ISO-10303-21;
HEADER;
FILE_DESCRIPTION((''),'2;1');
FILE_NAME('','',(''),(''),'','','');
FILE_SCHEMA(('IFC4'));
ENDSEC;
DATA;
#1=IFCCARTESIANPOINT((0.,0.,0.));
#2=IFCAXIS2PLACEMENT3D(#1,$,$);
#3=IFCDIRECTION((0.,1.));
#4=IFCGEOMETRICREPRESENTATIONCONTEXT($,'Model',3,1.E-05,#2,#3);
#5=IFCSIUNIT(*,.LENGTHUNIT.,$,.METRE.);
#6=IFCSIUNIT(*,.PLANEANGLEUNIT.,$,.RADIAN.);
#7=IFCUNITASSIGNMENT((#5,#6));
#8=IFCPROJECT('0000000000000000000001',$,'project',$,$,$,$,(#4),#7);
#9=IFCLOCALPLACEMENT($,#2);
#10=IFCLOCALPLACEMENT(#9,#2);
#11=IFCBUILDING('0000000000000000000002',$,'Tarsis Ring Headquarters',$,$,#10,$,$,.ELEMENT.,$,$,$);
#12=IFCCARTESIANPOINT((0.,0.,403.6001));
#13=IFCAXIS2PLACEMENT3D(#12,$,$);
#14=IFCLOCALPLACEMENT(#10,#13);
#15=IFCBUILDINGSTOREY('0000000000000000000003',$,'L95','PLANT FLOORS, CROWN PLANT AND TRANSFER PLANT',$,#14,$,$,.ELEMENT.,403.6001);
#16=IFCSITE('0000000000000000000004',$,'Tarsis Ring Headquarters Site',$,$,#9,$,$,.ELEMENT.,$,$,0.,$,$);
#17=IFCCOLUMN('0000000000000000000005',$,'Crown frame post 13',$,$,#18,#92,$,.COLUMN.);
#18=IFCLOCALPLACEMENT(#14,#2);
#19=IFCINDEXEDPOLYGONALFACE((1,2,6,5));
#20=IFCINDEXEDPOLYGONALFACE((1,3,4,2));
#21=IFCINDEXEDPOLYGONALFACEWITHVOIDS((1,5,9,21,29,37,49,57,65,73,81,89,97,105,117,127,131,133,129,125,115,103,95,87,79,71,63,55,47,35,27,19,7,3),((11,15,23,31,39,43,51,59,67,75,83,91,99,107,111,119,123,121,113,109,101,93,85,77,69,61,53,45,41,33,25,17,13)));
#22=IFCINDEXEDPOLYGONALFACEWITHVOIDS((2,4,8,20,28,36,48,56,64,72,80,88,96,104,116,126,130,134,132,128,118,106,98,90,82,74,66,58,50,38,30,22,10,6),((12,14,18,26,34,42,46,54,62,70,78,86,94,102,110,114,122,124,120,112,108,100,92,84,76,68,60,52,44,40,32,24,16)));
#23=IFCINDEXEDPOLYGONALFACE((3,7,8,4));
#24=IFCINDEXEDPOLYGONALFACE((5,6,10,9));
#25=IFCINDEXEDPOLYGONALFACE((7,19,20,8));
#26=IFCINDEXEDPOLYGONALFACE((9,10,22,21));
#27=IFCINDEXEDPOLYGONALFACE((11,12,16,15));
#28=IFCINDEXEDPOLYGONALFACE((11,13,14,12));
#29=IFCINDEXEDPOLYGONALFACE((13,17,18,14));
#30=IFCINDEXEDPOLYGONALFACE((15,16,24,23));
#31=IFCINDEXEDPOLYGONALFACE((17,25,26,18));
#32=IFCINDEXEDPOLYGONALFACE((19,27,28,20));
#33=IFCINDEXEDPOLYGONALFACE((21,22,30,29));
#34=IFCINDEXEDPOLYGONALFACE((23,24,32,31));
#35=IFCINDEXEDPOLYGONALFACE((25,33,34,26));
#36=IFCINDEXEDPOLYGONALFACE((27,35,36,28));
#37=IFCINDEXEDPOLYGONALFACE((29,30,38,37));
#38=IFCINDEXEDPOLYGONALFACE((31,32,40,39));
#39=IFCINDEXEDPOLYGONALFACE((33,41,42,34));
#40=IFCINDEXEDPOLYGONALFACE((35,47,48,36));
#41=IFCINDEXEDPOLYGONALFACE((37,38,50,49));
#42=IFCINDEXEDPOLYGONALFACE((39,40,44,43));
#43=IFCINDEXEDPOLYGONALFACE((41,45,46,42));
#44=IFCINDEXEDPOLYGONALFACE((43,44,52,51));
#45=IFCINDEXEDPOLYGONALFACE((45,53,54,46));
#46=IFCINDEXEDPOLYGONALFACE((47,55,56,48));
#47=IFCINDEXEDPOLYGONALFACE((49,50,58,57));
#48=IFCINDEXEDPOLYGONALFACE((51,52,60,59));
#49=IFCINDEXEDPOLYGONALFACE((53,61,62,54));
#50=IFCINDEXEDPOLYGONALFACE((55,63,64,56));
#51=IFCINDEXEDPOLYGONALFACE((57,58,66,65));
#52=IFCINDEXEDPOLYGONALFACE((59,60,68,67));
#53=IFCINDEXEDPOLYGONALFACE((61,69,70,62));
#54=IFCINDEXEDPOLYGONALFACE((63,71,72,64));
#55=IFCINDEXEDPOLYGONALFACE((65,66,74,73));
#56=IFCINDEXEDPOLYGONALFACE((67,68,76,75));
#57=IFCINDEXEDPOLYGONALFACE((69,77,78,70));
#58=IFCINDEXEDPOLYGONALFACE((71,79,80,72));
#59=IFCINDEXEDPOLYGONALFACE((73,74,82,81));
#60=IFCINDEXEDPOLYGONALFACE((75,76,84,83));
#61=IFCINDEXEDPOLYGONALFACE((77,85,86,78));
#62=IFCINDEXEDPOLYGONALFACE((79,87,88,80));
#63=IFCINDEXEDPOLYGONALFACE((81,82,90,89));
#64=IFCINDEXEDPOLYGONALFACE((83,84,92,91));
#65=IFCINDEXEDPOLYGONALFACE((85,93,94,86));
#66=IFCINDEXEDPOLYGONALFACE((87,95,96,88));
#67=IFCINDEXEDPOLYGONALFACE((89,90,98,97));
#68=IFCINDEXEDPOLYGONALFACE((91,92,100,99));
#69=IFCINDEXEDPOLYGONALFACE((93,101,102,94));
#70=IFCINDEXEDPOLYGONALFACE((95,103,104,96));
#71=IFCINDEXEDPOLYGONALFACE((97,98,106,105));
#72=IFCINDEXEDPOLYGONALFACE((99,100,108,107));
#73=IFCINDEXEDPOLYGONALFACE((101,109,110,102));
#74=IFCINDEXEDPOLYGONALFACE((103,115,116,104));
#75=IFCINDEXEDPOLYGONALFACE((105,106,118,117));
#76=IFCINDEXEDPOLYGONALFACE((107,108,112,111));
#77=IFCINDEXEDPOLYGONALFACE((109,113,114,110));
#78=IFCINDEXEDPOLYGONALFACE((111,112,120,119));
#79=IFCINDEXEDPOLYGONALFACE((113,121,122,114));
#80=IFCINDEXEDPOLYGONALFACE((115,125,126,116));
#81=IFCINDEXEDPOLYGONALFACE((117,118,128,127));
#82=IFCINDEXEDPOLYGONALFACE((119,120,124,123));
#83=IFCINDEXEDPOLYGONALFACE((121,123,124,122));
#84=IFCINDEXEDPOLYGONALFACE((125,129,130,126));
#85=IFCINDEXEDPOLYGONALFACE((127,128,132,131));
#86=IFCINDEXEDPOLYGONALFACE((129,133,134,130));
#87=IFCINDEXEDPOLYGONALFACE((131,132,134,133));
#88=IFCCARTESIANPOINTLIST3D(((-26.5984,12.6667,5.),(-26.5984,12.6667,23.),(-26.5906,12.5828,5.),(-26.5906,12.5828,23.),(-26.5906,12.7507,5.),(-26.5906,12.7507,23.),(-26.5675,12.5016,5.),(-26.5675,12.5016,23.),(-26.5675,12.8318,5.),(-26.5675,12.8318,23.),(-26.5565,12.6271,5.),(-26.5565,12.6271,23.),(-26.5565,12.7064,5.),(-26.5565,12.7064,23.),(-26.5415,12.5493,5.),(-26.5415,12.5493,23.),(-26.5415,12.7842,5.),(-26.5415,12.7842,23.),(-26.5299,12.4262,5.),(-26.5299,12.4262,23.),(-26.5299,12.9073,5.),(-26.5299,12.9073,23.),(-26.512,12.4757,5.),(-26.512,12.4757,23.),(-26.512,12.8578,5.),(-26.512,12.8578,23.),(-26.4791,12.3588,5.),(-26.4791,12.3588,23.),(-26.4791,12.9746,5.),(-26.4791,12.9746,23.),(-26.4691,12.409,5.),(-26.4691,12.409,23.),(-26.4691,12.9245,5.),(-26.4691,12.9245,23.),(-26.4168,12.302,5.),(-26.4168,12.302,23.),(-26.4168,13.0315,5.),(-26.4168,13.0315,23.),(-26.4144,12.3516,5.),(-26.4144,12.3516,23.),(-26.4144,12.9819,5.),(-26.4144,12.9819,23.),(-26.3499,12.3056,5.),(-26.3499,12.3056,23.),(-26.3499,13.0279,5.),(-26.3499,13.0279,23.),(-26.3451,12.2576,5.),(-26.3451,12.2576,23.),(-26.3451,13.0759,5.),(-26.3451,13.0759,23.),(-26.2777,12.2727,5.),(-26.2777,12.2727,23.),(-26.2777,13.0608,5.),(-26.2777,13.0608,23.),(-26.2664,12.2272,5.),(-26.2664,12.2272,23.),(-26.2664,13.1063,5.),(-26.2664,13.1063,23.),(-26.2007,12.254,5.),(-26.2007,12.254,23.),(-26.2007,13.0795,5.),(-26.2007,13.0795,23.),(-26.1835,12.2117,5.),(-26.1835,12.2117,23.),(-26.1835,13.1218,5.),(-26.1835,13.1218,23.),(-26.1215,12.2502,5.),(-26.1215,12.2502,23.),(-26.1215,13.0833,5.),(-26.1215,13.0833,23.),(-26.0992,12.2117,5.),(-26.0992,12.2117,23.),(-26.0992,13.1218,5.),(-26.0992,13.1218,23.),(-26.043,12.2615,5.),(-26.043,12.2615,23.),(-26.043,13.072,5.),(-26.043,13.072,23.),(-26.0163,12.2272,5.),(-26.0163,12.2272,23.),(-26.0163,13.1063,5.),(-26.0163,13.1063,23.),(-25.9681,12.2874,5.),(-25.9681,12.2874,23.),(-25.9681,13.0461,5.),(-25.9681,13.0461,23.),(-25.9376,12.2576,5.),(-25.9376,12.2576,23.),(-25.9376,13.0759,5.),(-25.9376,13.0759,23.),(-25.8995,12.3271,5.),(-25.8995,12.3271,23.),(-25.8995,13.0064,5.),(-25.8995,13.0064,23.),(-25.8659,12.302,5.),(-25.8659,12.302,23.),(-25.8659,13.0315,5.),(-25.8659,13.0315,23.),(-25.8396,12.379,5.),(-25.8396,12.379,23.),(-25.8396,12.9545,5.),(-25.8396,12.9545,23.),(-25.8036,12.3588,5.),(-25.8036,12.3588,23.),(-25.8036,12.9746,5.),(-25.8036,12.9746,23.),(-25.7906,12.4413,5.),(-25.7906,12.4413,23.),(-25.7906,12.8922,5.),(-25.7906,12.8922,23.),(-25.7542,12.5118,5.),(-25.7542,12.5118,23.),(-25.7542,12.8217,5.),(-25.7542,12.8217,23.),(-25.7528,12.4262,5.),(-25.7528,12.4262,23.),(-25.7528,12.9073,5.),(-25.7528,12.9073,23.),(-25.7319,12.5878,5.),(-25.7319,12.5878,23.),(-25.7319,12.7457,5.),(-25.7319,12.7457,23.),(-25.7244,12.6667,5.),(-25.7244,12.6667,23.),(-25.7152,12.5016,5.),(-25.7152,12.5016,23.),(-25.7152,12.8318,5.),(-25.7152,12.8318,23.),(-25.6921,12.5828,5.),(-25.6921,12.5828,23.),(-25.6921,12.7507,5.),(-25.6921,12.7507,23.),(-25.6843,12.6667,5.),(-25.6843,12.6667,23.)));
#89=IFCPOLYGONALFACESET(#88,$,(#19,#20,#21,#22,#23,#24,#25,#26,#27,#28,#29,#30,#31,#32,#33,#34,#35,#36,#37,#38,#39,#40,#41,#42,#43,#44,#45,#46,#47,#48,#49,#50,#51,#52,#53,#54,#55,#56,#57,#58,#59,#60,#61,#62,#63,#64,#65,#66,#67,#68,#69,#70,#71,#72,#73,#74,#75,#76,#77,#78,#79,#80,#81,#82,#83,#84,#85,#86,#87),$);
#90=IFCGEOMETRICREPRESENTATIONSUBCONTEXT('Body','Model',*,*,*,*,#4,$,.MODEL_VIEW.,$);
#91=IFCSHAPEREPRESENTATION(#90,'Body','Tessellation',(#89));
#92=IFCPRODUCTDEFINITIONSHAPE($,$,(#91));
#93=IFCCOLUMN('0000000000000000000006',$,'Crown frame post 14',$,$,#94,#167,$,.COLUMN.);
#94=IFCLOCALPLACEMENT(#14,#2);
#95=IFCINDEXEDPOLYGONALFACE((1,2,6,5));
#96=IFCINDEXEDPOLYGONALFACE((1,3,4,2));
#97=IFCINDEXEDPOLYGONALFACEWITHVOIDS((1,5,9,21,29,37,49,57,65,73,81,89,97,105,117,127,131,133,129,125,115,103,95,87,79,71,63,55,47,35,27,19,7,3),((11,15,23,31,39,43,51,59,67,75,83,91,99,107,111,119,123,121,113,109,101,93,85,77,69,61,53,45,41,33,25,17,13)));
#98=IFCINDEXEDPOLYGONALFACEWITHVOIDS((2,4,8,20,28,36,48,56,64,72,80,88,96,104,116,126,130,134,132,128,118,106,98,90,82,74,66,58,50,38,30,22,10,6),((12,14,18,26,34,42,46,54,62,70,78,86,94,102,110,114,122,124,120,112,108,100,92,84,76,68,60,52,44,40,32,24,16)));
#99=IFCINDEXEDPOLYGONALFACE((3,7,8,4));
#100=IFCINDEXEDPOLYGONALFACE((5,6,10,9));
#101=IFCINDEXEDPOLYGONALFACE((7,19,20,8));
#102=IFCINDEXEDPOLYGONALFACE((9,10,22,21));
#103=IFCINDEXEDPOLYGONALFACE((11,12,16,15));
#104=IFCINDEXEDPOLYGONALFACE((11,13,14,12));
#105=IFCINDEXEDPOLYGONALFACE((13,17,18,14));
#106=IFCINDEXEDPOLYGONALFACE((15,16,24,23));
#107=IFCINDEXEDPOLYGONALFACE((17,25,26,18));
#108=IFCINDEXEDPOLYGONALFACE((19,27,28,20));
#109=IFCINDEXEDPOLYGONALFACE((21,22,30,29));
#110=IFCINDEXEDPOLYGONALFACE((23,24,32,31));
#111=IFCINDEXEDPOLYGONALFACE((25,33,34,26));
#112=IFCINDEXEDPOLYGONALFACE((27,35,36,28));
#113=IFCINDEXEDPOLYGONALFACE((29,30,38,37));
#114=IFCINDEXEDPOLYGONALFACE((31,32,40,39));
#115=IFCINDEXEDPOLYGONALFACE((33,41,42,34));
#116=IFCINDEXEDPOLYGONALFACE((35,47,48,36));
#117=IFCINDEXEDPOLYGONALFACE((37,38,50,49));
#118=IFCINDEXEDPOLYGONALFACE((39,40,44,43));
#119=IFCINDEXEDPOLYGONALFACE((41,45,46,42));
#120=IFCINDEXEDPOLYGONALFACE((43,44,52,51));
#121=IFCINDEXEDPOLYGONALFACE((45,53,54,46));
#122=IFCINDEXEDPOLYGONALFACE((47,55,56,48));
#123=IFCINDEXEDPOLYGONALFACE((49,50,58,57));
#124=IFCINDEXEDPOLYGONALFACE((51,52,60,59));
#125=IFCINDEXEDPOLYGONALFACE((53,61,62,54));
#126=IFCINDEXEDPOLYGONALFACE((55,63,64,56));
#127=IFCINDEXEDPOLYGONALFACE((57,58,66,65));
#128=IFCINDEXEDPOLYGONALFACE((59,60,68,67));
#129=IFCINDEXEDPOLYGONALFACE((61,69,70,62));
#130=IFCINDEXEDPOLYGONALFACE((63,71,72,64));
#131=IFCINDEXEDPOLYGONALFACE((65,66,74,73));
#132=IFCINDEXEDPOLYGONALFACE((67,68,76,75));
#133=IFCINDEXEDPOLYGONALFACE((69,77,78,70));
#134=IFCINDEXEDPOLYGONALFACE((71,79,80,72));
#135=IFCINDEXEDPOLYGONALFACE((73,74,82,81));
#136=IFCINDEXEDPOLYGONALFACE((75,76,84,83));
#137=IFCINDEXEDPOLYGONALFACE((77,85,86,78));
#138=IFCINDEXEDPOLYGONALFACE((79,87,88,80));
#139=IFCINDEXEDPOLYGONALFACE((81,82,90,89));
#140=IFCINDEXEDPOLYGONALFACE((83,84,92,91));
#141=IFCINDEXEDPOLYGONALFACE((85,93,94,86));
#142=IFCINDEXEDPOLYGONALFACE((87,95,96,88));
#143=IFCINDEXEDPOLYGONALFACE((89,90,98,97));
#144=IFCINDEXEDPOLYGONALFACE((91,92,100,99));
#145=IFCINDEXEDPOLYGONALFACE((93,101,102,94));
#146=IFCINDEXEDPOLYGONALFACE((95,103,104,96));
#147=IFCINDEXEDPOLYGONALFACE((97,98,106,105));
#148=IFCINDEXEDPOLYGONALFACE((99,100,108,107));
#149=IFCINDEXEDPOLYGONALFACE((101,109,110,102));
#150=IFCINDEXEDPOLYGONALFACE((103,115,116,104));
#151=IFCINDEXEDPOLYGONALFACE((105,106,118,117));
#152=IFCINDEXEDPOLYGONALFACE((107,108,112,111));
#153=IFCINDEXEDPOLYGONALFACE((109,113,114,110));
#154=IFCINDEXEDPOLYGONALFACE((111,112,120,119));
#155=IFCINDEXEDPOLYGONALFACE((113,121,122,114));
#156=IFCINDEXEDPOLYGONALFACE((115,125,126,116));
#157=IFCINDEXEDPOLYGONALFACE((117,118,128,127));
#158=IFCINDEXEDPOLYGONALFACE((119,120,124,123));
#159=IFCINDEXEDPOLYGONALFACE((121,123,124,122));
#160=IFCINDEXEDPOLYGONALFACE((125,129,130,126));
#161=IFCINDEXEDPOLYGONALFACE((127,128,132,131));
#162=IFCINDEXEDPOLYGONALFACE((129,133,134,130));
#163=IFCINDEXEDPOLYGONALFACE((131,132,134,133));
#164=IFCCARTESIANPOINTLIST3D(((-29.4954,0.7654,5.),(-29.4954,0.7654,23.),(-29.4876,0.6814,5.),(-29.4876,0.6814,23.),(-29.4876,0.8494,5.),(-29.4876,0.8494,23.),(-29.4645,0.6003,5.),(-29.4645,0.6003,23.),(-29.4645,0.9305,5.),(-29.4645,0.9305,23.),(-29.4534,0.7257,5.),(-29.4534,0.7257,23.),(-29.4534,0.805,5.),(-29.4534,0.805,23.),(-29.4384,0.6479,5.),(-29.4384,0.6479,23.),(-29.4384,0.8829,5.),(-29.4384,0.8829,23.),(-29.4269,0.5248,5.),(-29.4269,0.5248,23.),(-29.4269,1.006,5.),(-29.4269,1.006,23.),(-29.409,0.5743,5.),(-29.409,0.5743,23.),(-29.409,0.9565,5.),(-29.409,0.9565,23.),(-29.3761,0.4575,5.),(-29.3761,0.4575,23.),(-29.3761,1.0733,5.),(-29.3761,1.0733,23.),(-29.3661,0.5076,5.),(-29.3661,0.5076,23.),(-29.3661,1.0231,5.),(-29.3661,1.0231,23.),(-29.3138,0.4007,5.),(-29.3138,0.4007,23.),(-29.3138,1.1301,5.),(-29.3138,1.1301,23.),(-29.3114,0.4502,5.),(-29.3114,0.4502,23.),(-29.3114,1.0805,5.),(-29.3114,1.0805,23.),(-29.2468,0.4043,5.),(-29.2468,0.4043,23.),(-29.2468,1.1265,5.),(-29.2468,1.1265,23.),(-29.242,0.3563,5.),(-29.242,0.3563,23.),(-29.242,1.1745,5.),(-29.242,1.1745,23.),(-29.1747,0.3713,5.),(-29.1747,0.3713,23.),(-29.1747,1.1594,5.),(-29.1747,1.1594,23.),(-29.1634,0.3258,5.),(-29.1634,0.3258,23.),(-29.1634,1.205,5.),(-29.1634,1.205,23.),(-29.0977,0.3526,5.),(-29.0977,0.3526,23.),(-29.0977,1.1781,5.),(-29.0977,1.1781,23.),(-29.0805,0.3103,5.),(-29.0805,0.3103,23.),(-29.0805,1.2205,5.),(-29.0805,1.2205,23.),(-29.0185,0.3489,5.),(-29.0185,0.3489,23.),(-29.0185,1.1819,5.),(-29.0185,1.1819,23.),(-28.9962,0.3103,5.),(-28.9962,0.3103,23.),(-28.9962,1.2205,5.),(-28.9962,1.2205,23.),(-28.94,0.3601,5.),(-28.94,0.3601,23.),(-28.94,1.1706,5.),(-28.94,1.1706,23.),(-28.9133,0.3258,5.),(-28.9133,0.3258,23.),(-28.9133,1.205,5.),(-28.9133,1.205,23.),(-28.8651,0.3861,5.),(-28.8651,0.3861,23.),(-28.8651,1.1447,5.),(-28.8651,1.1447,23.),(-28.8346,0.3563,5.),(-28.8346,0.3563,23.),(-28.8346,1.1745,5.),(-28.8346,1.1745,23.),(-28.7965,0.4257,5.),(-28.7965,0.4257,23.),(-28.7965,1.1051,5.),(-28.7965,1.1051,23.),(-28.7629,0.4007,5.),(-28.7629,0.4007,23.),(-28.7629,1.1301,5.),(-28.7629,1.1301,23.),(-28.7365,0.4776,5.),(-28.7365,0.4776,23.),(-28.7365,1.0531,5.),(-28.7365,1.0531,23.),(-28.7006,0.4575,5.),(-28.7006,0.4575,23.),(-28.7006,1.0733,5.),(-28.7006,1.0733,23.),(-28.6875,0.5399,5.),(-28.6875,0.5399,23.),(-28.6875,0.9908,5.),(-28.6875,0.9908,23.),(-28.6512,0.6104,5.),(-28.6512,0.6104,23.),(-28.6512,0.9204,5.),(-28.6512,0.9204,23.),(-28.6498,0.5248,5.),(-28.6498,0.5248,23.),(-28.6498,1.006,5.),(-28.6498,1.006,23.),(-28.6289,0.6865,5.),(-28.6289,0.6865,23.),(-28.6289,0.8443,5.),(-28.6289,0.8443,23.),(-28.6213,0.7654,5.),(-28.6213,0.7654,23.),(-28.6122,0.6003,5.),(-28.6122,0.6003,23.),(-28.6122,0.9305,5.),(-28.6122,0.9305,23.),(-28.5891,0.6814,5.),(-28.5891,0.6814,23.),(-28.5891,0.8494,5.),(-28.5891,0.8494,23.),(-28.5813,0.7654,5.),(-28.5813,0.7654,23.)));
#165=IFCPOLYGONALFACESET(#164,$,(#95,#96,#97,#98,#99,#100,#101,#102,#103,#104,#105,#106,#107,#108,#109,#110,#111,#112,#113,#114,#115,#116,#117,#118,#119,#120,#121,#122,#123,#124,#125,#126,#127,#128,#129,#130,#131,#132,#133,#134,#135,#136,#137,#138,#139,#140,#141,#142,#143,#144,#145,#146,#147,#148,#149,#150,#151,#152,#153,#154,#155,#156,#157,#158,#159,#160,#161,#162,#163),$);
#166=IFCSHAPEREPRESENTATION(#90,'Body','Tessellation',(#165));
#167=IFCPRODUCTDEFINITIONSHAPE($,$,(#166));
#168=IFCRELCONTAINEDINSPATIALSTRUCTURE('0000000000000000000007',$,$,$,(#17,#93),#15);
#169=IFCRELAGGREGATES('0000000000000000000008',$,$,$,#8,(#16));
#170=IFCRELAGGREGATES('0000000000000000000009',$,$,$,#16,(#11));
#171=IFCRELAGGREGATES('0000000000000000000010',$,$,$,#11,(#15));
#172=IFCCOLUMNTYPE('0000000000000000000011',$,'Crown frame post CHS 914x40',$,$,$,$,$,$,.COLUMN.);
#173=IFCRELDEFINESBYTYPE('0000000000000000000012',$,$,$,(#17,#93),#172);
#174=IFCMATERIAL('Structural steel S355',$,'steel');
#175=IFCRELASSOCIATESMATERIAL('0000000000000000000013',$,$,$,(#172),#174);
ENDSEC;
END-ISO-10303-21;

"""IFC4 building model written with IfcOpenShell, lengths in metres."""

from ifc_helpers import new_model, si_unit, direction, frame, origin, origin_2d, place, context, subcontext, project, spatial, hollow_circle, extrude, material, material_profile, profile_set, type_object, element, save


model = new_model("IFC4")

# Units and contexts
model_context = context("Model", 3, precision=1e-05, world=origin(), true_north=direction((0.0, 1.0)))
body_context = subcontext(model_context, "Body", "Model", "MODEL_VIEW")
ifc_project = project(units=[si_unit("LENGTHUNIT", "METRE"), si_unit("PLANEANGLEUNIT", "RADIAN")], contexts=[model_context])

# Site, building, storey
site_placement = place(None, origin())
site = spatial("IfcSite", under=ifc_project, at=site_placement, Name="Tarsis Ring Headquarters Site", CompositionType="ELEMENT", RefElevation=0.0)
building_placement = place(site_placement, origin())
building = spatial("IfcBuilding", under=site, at=building_placement, Name="Tarsis Ring Headquarters", CompositionType="ELEMENT")
storey_placement = place(building_placement, frame((0.0, 0.0, 403.6001)))
storey = spatial("IfcBuildingStorey", under=building, at=storey_placement, Name="L95", Description="PLANT FLOORS, CROWN PLANT AND TRANSFER PLANT", CompositionType="ELEMENT", Elevation=403.6001)

# Columns
ifc_material_1 = material(Name="Structural steel S355", Category="steel")
ifc_material_profile_1 = material_profile(ifc_material_1, hollow_circle(Radius=0.457, WallThickness=0.04, at=origin_2d()), Name="CHS 914x40")
ifc_profile_set_1 = profile_set([ifc_material_profile_1], Name="Structural steel S355")
column_type_1 = type_object("IfcColumnType", Name="Crown frame post CHS 914x40", PredefinedType="COLUMN", material=ifc_profile_set_1)
for number, where, z_axis, x_axis, name in (
    (1, (-26.1414, 12.6667, 5.0), (0.0, 0.0, 1.0), (1.0, 0.0, 0.0), "Crown frame post 13"),
    (2, (-29.0383, 0.7654, 5.0), (0.0, 0.0, 1.0), (1.0, 0.0, 0.0), "Crown frame post 14"),
):
    element("IfcColumn", number, at=place(storey_placement, frame(where, z_axis=z_axis, x_axis=x_axis)), inside=storey, type_object=column_type_1, Name=name, PredefinedType="COLUMN", context=body_context, shape_type="SweptSolid", body=[
        extrude(hollow_circle(Radius=0.457, WallThickness=0.04, at=origin_2d()), origin(), (0.0, 0.0, 1.0), 18.0),
    ])

save(model, "model.ifc")
